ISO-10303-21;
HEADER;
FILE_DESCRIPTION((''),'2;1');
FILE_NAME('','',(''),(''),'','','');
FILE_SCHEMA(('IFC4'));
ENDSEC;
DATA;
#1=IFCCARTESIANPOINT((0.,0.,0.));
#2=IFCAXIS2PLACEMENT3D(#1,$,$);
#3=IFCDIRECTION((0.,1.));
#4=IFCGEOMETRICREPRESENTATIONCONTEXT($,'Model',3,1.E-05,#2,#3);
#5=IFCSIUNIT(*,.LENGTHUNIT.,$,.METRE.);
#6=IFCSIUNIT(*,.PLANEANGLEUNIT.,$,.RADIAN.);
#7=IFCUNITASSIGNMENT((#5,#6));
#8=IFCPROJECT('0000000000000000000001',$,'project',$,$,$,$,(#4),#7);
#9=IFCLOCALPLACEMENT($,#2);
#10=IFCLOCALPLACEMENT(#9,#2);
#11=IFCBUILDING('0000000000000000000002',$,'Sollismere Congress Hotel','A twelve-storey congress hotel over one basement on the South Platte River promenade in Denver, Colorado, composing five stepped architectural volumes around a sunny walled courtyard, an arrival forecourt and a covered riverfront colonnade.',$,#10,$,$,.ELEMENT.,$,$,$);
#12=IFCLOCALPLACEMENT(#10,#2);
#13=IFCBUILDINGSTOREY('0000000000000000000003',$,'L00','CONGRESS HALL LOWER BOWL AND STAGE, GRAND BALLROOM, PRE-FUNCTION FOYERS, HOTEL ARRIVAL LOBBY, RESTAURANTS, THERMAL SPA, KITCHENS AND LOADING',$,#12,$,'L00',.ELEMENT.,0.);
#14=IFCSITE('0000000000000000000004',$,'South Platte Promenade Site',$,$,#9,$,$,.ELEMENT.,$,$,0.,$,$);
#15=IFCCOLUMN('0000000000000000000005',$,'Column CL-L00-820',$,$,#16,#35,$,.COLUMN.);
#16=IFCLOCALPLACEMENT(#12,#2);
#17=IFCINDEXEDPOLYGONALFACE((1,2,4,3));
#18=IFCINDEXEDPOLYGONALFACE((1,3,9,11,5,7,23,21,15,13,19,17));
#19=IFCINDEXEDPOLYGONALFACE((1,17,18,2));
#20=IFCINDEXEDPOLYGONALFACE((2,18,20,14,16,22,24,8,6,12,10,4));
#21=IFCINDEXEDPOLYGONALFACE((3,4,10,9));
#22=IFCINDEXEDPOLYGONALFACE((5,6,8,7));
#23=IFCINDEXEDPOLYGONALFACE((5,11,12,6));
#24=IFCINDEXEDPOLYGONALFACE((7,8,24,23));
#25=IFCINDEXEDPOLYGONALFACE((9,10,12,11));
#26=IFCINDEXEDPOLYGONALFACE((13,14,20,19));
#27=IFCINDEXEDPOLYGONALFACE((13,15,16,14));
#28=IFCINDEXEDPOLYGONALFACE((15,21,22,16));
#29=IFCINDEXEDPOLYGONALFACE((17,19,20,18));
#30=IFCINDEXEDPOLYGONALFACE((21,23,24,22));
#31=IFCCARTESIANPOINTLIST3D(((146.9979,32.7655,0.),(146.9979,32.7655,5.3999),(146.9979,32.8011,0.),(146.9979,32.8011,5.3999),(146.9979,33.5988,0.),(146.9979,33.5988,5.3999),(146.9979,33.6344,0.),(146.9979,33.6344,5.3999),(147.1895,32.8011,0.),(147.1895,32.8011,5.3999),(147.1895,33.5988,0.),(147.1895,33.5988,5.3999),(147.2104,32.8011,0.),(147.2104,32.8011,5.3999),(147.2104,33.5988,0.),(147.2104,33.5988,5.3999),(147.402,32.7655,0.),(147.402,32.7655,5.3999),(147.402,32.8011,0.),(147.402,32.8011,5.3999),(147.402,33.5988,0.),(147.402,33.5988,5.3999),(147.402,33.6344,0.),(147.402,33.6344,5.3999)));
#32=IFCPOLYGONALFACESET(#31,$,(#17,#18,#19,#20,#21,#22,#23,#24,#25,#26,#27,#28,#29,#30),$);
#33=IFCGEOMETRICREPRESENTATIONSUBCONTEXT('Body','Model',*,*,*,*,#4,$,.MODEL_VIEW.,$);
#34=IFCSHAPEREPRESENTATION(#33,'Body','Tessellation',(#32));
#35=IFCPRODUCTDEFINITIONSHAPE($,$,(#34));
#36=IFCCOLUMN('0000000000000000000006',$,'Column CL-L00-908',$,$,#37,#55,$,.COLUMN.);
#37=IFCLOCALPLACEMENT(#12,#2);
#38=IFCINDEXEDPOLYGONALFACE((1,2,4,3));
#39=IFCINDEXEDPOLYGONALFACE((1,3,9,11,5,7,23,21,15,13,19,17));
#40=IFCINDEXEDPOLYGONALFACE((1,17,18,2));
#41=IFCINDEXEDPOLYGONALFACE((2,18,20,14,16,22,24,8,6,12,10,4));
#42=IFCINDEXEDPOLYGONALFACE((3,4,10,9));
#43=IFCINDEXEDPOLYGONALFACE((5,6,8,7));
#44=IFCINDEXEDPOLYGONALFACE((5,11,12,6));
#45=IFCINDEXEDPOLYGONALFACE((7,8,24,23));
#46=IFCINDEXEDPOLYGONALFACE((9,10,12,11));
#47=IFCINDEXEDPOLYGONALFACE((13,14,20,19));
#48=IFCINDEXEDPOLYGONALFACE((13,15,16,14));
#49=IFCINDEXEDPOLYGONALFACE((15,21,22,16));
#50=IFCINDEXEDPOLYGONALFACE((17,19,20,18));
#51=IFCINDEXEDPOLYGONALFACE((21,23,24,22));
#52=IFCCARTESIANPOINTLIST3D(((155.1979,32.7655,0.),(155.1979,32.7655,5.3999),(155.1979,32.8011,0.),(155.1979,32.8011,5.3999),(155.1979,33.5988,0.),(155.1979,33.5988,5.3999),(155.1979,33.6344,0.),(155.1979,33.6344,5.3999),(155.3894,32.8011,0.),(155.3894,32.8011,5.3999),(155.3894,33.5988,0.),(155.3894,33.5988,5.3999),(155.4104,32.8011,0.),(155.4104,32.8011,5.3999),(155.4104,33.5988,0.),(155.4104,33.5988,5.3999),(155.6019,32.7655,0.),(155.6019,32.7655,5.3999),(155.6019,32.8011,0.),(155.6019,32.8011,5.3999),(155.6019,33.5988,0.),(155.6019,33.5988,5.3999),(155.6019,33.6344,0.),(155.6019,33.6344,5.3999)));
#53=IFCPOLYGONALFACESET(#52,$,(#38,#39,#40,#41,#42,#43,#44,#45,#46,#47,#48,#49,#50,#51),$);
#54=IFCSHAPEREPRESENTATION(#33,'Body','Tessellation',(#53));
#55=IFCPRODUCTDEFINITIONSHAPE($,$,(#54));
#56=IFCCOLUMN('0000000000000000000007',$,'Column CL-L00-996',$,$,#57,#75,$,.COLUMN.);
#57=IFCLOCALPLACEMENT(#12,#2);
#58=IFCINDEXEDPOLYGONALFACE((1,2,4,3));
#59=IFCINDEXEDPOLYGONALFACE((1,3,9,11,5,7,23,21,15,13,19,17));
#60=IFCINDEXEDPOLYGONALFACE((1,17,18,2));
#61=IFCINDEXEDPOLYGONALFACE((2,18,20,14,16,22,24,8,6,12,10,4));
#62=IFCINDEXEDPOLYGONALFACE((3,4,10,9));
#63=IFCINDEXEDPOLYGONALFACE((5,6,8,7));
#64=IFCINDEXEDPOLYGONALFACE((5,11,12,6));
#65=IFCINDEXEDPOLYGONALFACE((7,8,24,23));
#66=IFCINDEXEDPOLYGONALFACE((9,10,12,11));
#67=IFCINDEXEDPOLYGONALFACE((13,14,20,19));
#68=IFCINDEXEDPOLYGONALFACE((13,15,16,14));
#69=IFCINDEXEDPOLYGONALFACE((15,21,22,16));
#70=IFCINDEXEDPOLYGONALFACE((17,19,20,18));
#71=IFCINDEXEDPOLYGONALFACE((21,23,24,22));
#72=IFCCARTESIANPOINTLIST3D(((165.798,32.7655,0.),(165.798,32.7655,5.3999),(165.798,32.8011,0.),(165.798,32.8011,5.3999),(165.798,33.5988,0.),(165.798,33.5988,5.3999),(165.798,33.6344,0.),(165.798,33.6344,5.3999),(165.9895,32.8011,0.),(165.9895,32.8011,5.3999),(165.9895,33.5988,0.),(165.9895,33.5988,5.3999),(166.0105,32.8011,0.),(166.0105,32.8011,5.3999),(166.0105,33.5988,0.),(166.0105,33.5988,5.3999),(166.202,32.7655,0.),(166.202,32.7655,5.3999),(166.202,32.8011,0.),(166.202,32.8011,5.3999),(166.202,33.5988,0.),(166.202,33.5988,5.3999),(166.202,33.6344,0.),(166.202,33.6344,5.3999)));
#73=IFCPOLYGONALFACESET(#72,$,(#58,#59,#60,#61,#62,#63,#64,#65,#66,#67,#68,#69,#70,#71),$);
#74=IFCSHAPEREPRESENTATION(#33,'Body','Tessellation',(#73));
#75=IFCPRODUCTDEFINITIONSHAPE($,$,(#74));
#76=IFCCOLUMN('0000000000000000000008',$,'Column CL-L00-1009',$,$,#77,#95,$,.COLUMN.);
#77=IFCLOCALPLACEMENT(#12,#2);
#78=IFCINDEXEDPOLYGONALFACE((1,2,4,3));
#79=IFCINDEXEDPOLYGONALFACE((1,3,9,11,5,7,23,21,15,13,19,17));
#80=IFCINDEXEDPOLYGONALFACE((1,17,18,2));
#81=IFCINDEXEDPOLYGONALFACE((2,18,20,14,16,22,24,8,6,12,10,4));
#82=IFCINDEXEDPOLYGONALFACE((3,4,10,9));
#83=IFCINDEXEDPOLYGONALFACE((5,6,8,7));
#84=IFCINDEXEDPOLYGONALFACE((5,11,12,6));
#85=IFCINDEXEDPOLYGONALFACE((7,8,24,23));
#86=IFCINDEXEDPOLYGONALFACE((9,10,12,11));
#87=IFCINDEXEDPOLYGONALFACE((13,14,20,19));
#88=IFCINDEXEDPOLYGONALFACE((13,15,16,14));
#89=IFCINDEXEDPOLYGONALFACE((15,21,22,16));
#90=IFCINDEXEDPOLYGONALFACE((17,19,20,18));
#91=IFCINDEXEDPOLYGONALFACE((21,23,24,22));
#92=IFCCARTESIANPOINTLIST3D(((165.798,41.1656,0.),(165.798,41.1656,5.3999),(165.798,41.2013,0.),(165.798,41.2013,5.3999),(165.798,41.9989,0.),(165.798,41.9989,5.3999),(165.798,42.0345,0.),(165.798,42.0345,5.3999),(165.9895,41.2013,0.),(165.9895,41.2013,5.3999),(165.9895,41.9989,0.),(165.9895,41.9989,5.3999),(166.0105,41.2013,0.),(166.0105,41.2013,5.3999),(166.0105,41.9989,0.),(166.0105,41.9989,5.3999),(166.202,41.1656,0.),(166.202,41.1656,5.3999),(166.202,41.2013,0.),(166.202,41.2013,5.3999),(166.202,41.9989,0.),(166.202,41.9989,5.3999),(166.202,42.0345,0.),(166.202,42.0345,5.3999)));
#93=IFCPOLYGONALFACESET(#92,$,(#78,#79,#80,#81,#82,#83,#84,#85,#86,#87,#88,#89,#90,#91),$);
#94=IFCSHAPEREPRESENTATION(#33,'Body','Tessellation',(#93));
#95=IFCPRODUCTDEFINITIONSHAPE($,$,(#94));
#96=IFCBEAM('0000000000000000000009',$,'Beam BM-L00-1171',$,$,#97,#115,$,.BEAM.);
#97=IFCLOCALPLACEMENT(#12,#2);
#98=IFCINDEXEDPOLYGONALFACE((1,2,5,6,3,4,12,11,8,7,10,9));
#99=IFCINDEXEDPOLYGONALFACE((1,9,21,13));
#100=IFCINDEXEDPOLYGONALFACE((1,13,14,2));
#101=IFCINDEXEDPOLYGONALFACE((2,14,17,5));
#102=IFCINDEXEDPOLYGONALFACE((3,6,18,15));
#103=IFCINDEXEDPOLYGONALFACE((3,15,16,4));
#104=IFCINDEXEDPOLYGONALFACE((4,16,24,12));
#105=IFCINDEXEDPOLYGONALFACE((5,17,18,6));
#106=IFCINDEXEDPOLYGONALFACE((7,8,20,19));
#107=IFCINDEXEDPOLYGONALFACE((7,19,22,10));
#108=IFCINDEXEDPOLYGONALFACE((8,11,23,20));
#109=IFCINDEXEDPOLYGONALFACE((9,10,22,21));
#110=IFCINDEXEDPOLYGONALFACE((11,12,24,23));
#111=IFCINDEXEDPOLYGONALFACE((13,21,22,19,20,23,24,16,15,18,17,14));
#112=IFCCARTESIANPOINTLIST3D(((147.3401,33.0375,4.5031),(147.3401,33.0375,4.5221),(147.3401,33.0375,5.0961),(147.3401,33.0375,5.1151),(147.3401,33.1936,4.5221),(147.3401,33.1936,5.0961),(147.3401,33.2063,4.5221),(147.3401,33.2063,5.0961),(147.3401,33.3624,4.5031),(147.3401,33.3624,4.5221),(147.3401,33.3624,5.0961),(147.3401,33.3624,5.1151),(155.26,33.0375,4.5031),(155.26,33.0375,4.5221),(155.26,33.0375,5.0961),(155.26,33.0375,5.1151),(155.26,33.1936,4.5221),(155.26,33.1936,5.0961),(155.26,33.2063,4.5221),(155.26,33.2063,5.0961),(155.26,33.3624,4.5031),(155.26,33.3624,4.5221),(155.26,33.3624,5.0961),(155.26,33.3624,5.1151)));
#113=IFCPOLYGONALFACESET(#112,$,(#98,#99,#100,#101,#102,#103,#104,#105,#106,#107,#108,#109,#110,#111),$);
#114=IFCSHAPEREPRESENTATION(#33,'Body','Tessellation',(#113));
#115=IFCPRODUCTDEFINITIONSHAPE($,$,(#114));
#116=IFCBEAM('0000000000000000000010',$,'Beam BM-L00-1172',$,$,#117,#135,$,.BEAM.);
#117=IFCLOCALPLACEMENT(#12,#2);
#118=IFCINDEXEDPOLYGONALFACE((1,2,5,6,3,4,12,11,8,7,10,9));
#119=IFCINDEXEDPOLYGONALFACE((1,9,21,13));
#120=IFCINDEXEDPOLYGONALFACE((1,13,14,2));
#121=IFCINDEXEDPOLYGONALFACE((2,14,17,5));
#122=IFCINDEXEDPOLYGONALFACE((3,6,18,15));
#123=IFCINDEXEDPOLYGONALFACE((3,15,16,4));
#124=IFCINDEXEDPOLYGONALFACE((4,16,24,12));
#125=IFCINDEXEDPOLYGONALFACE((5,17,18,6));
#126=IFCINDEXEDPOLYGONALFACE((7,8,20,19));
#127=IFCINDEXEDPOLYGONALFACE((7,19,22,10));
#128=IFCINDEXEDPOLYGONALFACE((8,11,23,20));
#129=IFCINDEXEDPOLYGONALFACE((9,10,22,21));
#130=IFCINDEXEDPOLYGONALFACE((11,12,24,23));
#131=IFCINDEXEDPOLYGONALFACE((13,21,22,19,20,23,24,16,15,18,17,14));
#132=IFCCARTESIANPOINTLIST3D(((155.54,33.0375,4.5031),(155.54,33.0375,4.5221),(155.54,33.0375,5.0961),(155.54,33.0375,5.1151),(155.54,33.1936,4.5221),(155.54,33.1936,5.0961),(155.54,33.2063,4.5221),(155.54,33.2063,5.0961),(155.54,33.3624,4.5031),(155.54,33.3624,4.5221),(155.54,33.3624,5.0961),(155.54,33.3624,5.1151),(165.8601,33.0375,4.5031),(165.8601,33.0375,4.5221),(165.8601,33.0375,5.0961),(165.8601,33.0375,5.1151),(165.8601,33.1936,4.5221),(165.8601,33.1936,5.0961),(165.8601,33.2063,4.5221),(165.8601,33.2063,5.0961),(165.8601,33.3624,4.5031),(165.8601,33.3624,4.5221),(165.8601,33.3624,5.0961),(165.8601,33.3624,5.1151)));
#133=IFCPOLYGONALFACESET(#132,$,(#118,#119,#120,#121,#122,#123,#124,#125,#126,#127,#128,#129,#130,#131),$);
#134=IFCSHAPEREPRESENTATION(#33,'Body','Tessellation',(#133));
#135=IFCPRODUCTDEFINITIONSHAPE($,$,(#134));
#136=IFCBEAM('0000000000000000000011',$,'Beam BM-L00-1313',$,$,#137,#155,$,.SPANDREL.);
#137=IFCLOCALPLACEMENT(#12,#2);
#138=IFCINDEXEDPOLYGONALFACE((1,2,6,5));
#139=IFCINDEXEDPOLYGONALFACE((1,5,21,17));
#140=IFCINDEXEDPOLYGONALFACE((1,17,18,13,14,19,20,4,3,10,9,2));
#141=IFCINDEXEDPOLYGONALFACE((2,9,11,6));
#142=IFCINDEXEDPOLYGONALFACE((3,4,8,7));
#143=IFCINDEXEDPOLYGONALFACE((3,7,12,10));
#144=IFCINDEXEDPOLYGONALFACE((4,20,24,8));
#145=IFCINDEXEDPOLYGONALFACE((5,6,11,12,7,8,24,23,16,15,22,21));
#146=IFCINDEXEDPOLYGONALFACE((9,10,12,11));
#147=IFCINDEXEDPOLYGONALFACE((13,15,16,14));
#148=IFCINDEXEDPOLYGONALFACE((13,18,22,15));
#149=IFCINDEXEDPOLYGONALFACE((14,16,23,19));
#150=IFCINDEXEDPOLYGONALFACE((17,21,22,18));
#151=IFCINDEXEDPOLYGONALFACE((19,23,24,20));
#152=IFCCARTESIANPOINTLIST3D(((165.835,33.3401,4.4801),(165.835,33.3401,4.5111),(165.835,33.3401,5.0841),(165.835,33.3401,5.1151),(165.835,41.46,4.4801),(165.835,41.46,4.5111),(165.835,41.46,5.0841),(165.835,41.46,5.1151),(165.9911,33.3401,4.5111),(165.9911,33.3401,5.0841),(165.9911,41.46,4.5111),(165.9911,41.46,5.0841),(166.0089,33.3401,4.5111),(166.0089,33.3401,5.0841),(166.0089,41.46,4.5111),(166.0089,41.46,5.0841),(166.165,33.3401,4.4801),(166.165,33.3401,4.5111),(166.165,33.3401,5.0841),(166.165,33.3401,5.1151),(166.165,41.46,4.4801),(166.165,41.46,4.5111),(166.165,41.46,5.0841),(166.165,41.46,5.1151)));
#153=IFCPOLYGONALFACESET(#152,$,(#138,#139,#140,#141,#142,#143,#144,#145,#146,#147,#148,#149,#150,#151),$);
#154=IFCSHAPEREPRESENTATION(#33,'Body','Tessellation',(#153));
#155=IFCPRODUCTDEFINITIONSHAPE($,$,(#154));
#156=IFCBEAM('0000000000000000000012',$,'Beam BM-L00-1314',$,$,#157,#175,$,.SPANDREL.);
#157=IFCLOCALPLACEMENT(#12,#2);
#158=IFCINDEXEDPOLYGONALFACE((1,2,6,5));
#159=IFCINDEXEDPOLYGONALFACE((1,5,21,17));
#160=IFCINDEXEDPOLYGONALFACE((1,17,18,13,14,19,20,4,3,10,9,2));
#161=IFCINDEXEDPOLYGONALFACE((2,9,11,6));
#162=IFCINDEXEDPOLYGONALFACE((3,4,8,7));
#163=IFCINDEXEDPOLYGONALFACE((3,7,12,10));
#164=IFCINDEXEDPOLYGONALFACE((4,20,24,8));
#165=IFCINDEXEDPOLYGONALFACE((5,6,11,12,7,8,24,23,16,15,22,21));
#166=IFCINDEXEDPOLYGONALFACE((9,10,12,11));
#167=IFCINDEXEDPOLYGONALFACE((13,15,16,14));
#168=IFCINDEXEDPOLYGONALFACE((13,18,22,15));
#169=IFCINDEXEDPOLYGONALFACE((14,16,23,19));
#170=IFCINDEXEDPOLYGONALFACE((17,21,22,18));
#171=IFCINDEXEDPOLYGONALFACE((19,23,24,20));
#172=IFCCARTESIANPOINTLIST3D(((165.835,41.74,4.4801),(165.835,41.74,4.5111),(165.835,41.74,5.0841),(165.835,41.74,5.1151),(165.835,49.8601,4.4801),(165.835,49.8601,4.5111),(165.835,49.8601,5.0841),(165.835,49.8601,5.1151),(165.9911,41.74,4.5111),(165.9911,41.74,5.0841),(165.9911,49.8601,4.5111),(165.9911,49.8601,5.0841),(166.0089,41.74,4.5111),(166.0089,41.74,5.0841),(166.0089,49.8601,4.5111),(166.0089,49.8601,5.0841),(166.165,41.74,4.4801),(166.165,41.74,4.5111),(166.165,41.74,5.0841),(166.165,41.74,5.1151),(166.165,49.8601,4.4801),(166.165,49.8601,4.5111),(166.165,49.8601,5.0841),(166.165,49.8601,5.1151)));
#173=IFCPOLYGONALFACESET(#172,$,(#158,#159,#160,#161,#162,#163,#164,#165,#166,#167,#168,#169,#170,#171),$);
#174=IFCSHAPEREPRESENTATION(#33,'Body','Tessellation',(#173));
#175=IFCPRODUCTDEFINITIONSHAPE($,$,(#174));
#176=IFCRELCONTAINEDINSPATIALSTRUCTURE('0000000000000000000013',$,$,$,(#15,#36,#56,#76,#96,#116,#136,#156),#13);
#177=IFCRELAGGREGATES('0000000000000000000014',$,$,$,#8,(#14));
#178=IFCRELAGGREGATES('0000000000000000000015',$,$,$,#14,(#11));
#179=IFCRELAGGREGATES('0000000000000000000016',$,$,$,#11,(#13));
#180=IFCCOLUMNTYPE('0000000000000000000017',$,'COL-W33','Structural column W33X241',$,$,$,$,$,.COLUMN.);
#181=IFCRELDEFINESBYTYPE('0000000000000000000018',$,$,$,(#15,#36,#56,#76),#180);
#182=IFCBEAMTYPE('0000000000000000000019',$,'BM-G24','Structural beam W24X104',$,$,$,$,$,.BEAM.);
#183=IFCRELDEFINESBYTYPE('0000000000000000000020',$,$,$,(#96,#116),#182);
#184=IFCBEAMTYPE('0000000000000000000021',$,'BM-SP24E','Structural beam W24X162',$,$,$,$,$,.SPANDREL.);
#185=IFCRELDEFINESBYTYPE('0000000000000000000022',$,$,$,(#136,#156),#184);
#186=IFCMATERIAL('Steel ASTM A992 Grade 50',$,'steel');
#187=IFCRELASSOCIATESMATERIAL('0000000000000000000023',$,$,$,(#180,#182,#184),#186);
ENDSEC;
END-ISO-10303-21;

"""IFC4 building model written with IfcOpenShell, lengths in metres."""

from ifc_helpers import new_model, si_unit, direction, frame, origin, origin_2d, place, context, subcontext, project, spatial, i_section, extrude, material, material_profile, profile_set, type_object, element, save


model = new_model("IFC4")

# Units and contexts
model_context = context("Model", 3, precision=1e-05, world=origin(), true_north=direction((0.0, 1.0)))
body_context = subcontext(model_context, "Body", "Model", "MODEL_VIEW")
ifc_project = project(units=[si_unit("LENGTHUNIT", "METRE"), si_unit("PLANEANGLEUNIT", "RADIAN")], contexts=[model_context])

# Site, building, storey
site_placement = place(None, origin())
site = spatial("IfcSite", under=ifc_project, at=site_placement, Name="South Platte Promenade Site", CompositionType="ELEMENT", RefElevation=0.0)
building_placement = place(site_placement, origin())
building = spatial("IfcBuilding", under=site, at=building_placement, Name="Sollismere Congress Hotel", Description="A twelve-storey congress hotel over one basement on the South Platte River promenade in Denver, Colorado, composing five stepped architectural volumes around a sunny walled courtyard, an arrival forecourt and a covered riverfront colonnade.", CompositionType="ELEMENT")
storey_placement = place(building_placement, origin())
storey = spatial("IfcBuildingStorey", under=building, at=storey_placement, Name="L00", Description="CONGRESS HALL LOWER BOWL AND STAGE, GRAND BALLROOM, PRE-FUNCTION FOYERS, HOTEL ARRIVAL LOBBY, RESTAURANTS, THERMAL SPA, KITCHENS AND LOADING", LongName="L00", CompositionType="ELEMENT", Elevation=0.0)

# Columns
ifc_material_1 = material(Name="Steel ASTM A992 Grade 50", Category="steel")
ifc_material_profile_1 = material_profile(ifc_material_1, i_section(OverallWidth=0.4041, OverallDepth=0.8689, WebThickness=0.021, FlangeThickness=0.0356, at=origin_2d()), Name="W33X241")
ifc_profile_set_1 = profile_set([ifc_material_profile_1], Name="Steel ASTM A992 Grade 50")
column_type = type_object("IfcColumnType", Name="COL-W33", Description="Structural column W33X241", PredefinedType="COLUMN", material=ifc_profile_set_1)
for number, where, z_axis, x_axis, name in (
    (1, (147.2, 33.2, 0.0), (0.0, 0.0, 1.0), (1.0, 0.0, 0.0), "Column CL-L00-820"),
    (2, (155.3999, 33.2, 0.0), (0.0, 0.0, 1.0), (1.0, 0.0, 0.0), "Column CL-L00-908"),
    (3, (166.0, 33.2, 0.0), (0.0, 0.0, 1.0), (1.0, 0.0, 0.0), "Column CL-L00-996"),
    (4, (166.0, 41.6001, 0.0), (0.0, 0.0, 1.0), (1.0, 0.0, 0.0), "Column CL-L00-1009"),
):
    element("IfcColumn", number, at=place(storey_placement, frame(where, z_axis=z_axis, x_axis=x_axis)), inside=storey, type_object=column_type, Name=name, PredefinedType="COLUMN", context=body_context, shape_type="SweptSolid", body=[
        extrude(i_section(OverallWidth=0.4041, OverallDepth=0.8689, WebThickness=0.021, FlangeThickness=0.0356, at=origin_2d()), origin(), (0.0, 0.0, 1.0), 5.3999),
    ])

# Beams
ifc_material_profile_2 = material_profile(ifc_material_1, i_section(OverallWidth=0.325, OverallDepth=0.6121, WebThickness=0.0127, FlangeThickness=0.019, at=origin_2d()), Name="W24X104")
ifc_profile_set_2 = profile_set([ifc_material_profile_2], Name="Steel ASTM A992 Grade 50")
beam_type_1 = type_object("IfcBeamType", Name="BM-G24", Description="Structural beam W24X104", PredefinedType="BEAM", material=ifc_profile_set_2)
beam_1_placement = place(storey_placement, frame((147.3401, 33.2, 4.8091), z_axis=(1.0, 0.0, 0.0), x_axis=(0.0, 1.0, 0.0)))
element("IfcBeam", 5, at=beam_1_placement, inside=storey, type_object=beam_type_1, Name="Beam BM-L00-1171", PredefinedType="BEAM", context=body_context, shape_type="SweptSolid", body=[
    extrude(i_section(OverallWidth=0.325, OverallDepth=0.6121, WebThickness=0.0127, FlangeThickness=0.019, at=origin_2d()), origin(), (0.0, 0.0, 1.0), 7.9199),
])
beam_2_placement = place(storey_placement, frame((155.54, 33.2, 4.8091), z_axis=(1.0, 0.0, 0.0), x_axis=(0.0, 1.0, 0.0)))
element("IfcBeam", 6, at=beam_2_placement, inside=storey, type_object=beam_type_1, Name="Beam BM-L00-1172", PredefinedType="BEAM", context=body_context, shape_type="SweptSolid", body=[
    extrude(i_section(OverallWidth=0.325, OverallDepth=0.6121, WebThickness=0.0127, FlangeThickness=0.019, at=origin_2d()), origin(), (0.0, 0.0, 1.0), 10.3201),
])
ifc_material_profile_3 = material_profile(ifc_material_1, i_section(OverallWidth=0.3301, OverallDepth=0.635, WebThickness=0.0178, FlangeThickness=0.031, at=origin_2d()), Name="W24X162")
ifc_profile_set_3 = profile_set([ifc_material_profile_3], Name="Steel ASTM A992 Grade 50")
beam_type_2 = type_object("IfcBeamType", Name="BM-SP24E", Description="Structural beam W24X162", PredefinedType="SPANDREL", material=ifc_profile_set_3)
beam_3_placement = place(storey_placement, frame((166.0, 33.3401, 4.7976), z_axis=(0.0, 1.0, 0.0), x_axis=(-1.0, 0.0, 0.0)))
element("IfcBeam", 7, at=beam_3_placement, inside=storey, type_object=beam_type_2, Name="Beam BM-L00-1313", PredefinedType="SPANDREL", context=body_context, shape_type="SweptSolid", body=[
    extrude(i_section(OverallWidth=0.3301, OverallDepth=0.635, WebThickness=0.0178, FlangeThickness=0.031, at=origin_2d()), origin(), (0.0, 0.0, 1.0), 8.1199),
])
beam_4_placement = place(storey_placement, frame((166.0, 41.74, 4.7976), z_axis=(0.0, 1.0, 0.0), x_axis=(-1.0, 0.0, 0.0)))
element("IfcBeam", 8, at=beam_4_placement, inside=storey, type_object=beam_type_2, Name="Beam BM-L00-1314", PredefinedType="SPANDREL", context=body_context, shape_type="SweptSolid", body=[
    extrude(i_section(OverallWidth=0.3301, OverallDepth=0.635, WebThickness=0.0178, FlangeThickness=0.031, at=origin_2d()), origin(), (0.0, 0.0, 1.0), 8.1201),
])

save(model, "model.ifc")
